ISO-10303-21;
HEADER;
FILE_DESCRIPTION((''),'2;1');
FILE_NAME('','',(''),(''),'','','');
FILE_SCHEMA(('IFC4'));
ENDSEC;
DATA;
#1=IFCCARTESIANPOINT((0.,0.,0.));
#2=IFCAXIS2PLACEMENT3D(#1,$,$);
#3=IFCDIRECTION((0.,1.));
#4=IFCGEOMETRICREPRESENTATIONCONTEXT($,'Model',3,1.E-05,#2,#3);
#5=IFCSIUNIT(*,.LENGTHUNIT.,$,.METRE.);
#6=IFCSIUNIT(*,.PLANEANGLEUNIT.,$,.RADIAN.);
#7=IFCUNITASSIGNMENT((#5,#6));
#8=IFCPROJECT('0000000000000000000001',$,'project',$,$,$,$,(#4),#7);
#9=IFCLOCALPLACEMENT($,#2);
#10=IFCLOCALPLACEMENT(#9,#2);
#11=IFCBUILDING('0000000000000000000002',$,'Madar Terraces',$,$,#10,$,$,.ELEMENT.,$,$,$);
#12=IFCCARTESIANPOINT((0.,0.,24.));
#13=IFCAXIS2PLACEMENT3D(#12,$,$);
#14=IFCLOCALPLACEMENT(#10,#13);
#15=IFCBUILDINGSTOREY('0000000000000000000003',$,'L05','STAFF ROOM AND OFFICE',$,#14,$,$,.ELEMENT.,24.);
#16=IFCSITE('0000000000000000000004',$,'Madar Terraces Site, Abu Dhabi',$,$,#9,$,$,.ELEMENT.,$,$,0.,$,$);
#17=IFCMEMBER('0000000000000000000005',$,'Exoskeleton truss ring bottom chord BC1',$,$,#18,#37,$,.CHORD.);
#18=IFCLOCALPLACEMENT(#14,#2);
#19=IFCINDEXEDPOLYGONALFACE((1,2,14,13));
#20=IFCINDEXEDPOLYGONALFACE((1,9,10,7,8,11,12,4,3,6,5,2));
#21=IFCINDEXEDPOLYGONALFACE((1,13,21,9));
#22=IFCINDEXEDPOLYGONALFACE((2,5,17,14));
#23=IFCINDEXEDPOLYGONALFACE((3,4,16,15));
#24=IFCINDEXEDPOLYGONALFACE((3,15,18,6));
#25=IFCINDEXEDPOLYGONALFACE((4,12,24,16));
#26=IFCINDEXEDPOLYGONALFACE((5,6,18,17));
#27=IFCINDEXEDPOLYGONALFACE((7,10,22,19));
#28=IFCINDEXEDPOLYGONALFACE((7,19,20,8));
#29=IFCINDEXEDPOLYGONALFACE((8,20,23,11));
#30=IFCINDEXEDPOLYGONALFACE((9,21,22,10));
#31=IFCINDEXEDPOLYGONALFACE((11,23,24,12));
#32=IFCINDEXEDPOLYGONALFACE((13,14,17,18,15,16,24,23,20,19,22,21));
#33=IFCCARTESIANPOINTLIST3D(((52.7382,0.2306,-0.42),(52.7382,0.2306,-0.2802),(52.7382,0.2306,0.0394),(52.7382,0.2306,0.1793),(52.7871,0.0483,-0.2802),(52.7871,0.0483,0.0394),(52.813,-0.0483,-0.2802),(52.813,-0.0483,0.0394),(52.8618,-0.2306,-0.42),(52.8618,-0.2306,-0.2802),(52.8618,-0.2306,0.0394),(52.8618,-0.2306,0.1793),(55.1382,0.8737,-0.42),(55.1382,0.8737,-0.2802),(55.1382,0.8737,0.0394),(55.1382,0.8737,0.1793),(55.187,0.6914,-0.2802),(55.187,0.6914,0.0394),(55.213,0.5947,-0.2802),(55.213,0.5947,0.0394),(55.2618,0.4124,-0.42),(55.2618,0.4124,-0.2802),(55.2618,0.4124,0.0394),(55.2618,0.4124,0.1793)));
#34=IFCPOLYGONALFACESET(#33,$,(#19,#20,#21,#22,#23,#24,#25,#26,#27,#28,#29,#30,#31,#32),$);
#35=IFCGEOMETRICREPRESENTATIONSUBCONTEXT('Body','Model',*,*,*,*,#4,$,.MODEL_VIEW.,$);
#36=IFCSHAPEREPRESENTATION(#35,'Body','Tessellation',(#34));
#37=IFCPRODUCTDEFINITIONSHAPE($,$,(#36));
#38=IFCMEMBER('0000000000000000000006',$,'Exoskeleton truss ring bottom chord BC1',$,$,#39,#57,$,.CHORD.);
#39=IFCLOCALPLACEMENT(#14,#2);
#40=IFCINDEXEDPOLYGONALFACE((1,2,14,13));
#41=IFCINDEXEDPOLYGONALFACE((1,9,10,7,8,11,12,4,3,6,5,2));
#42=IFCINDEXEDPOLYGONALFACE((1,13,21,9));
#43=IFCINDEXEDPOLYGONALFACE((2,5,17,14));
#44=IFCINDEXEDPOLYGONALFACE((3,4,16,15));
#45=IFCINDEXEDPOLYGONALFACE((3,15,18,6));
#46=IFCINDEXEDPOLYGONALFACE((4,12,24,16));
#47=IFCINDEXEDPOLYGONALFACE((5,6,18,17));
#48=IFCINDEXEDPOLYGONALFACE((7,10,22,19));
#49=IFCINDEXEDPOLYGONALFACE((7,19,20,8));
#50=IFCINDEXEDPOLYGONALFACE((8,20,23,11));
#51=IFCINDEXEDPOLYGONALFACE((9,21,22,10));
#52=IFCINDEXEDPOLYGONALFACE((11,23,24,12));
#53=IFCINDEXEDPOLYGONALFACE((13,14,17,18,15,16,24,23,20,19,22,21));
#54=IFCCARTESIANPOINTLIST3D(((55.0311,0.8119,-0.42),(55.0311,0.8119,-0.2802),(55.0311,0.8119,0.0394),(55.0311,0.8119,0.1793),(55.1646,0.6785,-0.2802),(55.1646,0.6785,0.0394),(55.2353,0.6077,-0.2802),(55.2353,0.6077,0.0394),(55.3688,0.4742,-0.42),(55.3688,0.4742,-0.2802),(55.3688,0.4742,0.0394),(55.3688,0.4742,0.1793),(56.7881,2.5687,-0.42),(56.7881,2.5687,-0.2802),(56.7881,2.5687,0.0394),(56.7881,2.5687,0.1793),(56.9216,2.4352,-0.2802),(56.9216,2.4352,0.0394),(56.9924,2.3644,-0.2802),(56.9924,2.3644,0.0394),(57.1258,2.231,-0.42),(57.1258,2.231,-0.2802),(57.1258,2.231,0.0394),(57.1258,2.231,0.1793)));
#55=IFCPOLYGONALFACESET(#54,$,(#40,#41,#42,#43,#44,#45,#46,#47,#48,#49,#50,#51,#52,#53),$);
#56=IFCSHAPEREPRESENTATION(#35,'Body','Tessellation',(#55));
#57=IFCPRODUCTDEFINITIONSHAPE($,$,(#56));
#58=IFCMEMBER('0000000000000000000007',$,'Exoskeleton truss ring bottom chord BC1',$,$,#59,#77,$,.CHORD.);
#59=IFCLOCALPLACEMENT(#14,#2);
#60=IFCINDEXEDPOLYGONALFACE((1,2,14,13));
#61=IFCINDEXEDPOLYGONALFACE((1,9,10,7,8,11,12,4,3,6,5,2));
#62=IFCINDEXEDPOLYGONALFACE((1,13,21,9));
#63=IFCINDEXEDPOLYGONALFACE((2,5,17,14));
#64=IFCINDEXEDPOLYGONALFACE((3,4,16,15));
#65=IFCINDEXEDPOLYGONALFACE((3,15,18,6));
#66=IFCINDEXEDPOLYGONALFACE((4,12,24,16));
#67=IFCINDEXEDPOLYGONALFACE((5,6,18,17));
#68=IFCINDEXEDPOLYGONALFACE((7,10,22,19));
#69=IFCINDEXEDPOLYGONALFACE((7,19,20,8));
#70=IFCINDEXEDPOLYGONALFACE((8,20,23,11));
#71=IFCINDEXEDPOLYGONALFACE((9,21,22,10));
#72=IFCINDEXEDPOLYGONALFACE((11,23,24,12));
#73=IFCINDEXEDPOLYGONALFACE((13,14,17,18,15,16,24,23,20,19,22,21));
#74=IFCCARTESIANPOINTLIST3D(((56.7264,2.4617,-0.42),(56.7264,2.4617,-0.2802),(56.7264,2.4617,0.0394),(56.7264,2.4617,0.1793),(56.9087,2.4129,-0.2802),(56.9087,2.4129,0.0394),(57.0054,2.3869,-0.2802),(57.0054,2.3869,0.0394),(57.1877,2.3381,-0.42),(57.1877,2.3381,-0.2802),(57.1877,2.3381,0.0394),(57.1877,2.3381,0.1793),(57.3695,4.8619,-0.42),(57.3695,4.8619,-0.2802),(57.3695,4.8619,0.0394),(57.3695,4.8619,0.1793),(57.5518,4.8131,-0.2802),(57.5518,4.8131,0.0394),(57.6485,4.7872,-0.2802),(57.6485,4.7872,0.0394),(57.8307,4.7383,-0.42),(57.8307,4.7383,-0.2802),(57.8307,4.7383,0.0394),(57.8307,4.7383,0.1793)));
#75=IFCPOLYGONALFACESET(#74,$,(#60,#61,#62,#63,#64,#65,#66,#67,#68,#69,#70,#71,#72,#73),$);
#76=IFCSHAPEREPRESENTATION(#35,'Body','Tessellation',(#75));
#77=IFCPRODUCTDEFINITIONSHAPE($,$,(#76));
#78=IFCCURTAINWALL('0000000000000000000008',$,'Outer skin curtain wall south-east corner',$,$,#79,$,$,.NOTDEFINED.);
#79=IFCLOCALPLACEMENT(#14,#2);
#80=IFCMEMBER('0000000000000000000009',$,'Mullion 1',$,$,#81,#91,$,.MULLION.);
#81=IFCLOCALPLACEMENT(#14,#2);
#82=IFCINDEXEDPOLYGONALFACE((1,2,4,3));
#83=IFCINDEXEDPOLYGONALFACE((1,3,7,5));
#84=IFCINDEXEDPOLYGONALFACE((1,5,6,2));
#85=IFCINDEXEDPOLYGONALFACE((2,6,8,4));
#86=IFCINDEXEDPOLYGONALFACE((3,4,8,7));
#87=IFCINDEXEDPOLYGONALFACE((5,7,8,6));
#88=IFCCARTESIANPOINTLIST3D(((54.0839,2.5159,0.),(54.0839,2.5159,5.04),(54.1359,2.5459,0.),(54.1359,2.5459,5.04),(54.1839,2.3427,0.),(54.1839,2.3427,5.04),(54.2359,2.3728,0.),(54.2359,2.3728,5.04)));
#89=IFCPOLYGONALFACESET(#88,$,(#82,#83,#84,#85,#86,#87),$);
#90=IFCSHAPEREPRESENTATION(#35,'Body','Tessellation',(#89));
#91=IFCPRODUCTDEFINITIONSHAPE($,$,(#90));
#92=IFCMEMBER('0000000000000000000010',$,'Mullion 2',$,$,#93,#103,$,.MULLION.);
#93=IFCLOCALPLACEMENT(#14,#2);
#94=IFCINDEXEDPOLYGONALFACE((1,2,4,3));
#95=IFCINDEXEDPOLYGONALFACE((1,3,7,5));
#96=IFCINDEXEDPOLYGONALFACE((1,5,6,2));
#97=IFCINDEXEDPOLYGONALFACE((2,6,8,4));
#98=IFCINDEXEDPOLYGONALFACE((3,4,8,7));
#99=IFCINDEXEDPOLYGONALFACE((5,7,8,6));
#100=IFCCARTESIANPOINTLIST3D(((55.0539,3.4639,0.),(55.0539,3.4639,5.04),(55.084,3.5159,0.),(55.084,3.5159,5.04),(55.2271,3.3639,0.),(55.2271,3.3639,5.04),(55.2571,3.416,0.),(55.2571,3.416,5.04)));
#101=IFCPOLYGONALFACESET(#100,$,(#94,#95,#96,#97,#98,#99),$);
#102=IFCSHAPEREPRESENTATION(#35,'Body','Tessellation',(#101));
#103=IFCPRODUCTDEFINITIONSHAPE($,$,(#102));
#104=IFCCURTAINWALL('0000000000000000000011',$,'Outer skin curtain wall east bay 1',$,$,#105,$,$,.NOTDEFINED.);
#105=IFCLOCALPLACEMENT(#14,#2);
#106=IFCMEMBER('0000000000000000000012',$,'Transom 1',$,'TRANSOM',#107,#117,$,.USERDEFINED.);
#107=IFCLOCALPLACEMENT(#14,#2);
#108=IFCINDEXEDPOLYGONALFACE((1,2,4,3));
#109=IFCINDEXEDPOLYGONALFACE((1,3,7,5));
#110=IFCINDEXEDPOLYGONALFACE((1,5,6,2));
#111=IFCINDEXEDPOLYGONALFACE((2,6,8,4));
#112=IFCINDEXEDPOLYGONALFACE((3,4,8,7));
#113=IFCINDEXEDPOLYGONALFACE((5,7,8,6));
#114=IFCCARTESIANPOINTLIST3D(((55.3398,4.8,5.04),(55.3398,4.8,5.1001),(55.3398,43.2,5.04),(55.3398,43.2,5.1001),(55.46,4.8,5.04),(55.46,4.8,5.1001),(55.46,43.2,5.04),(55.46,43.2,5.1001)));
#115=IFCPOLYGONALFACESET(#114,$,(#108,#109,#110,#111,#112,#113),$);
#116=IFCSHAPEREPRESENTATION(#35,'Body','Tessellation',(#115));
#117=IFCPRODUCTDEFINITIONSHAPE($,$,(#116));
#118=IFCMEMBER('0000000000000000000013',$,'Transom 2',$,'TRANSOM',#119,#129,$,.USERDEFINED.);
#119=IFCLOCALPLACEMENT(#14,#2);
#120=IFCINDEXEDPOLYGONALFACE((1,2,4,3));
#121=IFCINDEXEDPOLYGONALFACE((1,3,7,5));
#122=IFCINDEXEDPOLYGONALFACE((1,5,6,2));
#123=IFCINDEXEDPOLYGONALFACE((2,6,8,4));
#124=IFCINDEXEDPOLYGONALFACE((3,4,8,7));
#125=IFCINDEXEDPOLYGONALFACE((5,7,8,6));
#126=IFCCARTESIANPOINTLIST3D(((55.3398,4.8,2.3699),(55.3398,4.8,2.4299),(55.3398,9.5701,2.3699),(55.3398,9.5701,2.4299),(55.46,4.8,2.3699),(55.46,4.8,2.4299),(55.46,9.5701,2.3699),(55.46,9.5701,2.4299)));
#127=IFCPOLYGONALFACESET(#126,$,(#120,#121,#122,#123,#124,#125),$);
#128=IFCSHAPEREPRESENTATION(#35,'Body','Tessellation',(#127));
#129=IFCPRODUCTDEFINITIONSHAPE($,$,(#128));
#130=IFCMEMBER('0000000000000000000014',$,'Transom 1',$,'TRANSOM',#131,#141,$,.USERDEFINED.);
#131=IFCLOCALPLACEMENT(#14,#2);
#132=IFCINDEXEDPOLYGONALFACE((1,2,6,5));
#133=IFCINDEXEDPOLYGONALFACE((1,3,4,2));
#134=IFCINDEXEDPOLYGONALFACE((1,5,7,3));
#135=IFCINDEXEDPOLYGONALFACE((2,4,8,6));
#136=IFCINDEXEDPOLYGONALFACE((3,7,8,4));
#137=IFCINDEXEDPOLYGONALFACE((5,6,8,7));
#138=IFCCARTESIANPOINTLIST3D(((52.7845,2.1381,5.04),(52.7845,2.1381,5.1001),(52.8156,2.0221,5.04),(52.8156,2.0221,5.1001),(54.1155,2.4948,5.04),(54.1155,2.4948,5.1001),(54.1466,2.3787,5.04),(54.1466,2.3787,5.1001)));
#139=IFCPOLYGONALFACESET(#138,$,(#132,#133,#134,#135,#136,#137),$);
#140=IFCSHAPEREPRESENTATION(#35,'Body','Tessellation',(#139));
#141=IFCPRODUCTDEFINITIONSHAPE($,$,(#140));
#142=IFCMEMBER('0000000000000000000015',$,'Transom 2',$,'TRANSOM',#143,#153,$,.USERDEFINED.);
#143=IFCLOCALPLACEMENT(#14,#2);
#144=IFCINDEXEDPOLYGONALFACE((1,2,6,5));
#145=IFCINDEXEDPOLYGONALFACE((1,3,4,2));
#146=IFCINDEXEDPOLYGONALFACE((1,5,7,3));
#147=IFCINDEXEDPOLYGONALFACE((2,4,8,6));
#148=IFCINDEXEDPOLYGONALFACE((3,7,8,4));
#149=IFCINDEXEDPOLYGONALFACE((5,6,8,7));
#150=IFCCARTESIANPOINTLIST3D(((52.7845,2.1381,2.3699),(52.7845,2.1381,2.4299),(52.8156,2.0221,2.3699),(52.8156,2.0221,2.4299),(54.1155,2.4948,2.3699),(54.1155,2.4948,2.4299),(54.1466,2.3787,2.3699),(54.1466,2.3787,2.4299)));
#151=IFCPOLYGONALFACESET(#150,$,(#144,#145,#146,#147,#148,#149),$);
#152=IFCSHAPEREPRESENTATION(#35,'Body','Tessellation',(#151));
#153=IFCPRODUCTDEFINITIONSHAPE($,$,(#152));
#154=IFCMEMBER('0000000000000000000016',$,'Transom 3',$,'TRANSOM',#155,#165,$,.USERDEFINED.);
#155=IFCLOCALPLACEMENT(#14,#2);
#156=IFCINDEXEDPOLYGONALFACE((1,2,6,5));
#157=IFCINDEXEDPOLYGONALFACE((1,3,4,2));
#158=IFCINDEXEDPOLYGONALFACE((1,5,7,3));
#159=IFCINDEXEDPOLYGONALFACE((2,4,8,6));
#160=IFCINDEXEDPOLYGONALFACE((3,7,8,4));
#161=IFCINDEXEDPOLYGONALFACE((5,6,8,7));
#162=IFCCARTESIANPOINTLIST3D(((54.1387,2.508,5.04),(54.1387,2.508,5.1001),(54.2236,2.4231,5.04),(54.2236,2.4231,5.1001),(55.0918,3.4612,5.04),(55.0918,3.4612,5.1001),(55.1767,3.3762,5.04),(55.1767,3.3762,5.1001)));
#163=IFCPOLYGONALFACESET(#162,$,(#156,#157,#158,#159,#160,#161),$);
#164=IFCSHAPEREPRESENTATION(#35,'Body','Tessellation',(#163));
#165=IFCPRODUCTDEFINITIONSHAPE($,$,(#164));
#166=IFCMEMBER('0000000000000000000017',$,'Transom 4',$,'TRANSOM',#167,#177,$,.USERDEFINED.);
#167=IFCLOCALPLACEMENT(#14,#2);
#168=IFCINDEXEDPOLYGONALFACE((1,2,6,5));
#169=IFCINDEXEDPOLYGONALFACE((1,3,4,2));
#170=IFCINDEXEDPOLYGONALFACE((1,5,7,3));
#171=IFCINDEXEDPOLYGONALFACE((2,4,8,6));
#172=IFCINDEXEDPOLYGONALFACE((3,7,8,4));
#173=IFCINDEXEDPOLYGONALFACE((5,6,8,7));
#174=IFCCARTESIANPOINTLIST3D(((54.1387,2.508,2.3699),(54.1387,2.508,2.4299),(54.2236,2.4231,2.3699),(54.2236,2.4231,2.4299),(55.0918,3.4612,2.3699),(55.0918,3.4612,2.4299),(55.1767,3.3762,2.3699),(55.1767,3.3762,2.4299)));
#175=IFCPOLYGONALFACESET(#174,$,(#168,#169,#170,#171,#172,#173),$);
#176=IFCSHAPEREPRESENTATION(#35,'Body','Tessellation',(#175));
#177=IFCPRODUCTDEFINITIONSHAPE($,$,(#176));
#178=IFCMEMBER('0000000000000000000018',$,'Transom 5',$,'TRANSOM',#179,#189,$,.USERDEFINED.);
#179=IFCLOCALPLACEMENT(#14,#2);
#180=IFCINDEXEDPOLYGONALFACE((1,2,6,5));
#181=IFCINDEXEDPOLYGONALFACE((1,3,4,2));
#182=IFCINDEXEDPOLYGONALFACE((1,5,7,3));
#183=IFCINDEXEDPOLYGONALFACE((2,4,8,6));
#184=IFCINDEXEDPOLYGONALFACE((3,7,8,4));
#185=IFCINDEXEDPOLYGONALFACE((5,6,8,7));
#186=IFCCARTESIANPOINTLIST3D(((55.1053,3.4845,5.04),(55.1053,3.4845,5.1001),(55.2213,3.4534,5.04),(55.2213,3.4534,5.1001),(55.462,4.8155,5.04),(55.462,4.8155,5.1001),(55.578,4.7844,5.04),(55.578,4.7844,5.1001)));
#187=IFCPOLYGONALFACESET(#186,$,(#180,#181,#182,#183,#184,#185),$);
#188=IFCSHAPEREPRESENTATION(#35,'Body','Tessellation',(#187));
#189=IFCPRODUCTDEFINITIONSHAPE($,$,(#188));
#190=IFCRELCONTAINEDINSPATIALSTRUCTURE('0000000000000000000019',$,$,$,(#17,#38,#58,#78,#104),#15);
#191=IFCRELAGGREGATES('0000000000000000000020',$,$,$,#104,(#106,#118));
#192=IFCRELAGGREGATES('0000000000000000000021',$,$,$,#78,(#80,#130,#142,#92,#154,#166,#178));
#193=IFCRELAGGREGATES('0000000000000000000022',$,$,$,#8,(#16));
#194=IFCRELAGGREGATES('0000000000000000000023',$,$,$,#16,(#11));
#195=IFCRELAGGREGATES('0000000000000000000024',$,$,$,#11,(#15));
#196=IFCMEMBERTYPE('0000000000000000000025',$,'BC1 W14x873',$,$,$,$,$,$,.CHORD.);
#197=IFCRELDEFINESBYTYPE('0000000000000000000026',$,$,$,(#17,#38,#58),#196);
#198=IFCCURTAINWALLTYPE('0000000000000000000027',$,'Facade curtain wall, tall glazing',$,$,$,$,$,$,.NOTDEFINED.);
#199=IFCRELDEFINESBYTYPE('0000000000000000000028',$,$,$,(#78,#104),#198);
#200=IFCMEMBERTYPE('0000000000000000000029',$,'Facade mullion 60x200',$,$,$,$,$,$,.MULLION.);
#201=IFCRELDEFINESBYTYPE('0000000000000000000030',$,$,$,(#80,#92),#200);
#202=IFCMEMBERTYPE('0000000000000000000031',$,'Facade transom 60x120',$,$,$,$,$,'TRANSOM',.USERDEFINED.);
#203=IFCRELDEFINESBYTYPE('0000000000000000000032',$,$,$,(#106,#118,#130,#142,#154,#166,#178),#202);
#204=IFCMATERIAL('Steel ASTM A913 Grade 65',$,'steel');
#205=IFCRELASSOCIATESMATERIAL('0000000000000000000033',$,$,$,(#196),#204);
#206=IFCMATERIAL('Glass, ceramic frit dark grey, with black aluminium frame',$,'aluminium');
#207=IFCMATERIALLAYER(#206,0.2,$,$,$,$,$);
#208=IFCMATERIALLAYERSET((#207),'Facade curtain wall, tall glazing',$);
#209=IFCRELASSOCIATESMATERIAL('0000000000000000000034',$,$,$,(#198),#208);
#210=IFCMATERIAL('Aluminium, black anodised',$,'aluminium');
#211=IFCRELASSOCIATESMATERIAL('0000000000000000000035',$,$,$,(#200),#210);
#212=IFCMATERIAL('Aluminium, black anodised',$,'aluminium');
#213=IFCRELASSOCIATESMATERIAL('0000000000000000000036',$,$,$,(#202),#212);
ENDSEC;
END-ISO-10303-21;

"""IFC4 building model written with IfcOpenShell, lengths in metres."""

from ifc_helpers import new_model, si_unit, direction, frame, origin, origin_2d, place, context, subcontext, project, spatial, rectangle, i_section, extrude, material, layer, layer_set, material_profile, profile_set, type_object, element, aggregate, save


model = new_model("IFC4")

# Units and contexts
model_context = context("Model", 3, precision=1e-05, world=origin(), true_north=direction((0.0, 1.0)))
body_context = subcontext(model_context, "Body", "Model", "MODEL_VIEW")
ifc_project = project(units=[si_unit("LENGTHUNIT", "METRE"), si_unit("PLANEANGLEUNIT", "RADIAN")], contexts=[model_context])

# Site, building, storey
site_placement = place(None, origin())
site = spatial("IfcSite", under=ifc_project, at=site_placement, Name="Madar Terraces Site, Abu Dhabi", CompositionType="ELEMENT", RefElevation=0.0)
building_placement = place(site_placement, origin())
building = spatial("IfcBuilding", under=site, at=building_placement, Name="Madar Terraces", CompositionType="ELEMENT")
storey_placement = place(building_placement, frame((0.0, 0.0, 24.0)))
storey = spatial("IfcBuildingStorey", under=building, at=storey_placement, Name="L05", Description="STAFF ROOM AND OFFICE", CompositionType="ELEMENT", Elevation=24.0)

# Members
ifc_material_1 = material(Name="Steel ASTM A913 Grade 65", Category="steel")
ifc_material_profile_1 = material_profile(ifc_material_1, i_section(OverallWidth=0.4775, OverallDepth=0.5994, WebThickness=0.1001, FlangeThickness=0.1399, at=origin_2d()), Name="W14x873")
ifc_profile_set_1 = profile_set([ifc_material_profile_1], Name="Steel ASTM A913 Grade 65")
member_type_1 = type_object("IfcMemberType", Name="BC1 W14x873", PredefinedType="CHORD", material=ifc_profile_set_1)
for number, where, z_axis, x_axis, name in (
    (1, (52.8, 0.0, -0.1204), (0.965924, 0.258824, 0.0), (-0.258824, 0.965924, 0.0), "Exoskeleton truss ring bottom chord BC1"),
    (2, (55.2, 0.6431, -0.1204), (0.707156, 0.707058, 0.0), (-0.707058, 0.707156, 0.0), "Exoskeleton truss ring bottom chord BC1"),
):
    element("IfcMember", number, at=place(storey_placement, frame(where, z_axis=z_axis, x_axis=x_axis)), inside=storey, type_object=member_type_1, Name=name, PredefinedType="CHORD", context=body_context, shape_type="SweptSolid", body=[
        extrude(i_section(OverallWidth=0.4775, OverallDepth=0.5994, WebThickness=0.1001, FlangeThickness=0.1399, at=origin_2d()), origin(), (0.0, 0.0, 1.0), 2.4846),
    ])
member_1_placement = place(storey_placement, frame((56.957, 2.3999, -0.1204), z_axis=(0.2588, 0.965931, 0.0), x_axis=(-0.965931, 0.2588, 0.0)))
element("IfcMember", 3, at=member_1_placement, inside=storey, type_object=member_type_1, Name="Exoskeleton truss ring bottom chord BC1", PredefinedType="CHORD", context=body_context, shape_type="SweptSolid", body=[
    extrude(i_section(OverallWidth=0.4775, OverallDepth=0.5994, WebThickness=0.1001, FlangeThickness=0.1399, at=origin_2d()), origin(), (0.0, 0.0, 1.0), 2.4849),
])

# Curtain walls, members
ifc_material_2 = material(Name="Glass, ceramic frit dark grey, with black aluminium frame", Category="aluminium")
ifc_layer_1 = layer(ifc_material_2, 0.2)
ifc_layer_set_1 = layer_set([ifc_layer_1], Name="Facade curtain wall, tall glazing")
curtain_wall_type = type_object("IfcCurtainWallType", Name="Facade curtain wall, tall glazing", PredefinedType="NOTDEFINED", material=ifc_layer_set_1)
curtain_wall_1_placement = place(storey_placement, origin())
curtain_wall_1 = element("IfcCurtainWall", 4, at=curtain_wall_1_placement, inside=storey, type_object=curtain_wall_type, Name="Outer skin curtain wall south-east corner", PredefinedType="NOTDEFINED")
ifc_material_3 = material(Name="Aluminium, black anodised", Category="aluminium")
ifc_material_profile_2 = material_profile(ifc_material_3, rectangle(XDim=0.2, YDim=0.0601, at=origin_2d()), Name="Facade mullion 60x200")
ifc_profile_set_2 = profile_set([ifc_material_profile_2], Name="Aluminium, black anodised")
member_type_2 = type_object("IfcMemberType", Name="Facade mullion 60x200", PredefinedType="MULLION", material=ifc_profile_set_2)
member_2_placement = place(storey_placement, frame((54.1599, 2.4443, 0.0), z_axis=(0.0, 0.0, 1.0), x_axis=(-0.5, 0.866025, 0.0)))
member_2 = element("IfcMember", 5, at=member_2_placement, type_object=member_type_2, Name="Mullion 1", PredefinedType="MULLION", context=body_context, shape_type="SweptSolid", body=[
    extrude(rectangle(XDim=0.2, YDim=0.0601, at=origin_2d()), origin(), (0.0, 0.0, 1.0), 5.04),
])
member_3_placement = place(storey_placement, frame((55.1555, 3.4399, 0.0), z_axis=(0.0, 0.0, 1.0), x_axis=(-0.866025, 0.5, 0.0)))
member_3 = element("IfcMember", 6, at=member_3_placement, type_object=member_type_2, Name="Mullion 2", PredefinedType="MULLION", context=body_context, shape_type="SweptSolid", body=[
    extrude(rectangle(XDim=0.2, YDim=0.0601, at=origin_2d()), origin(), (0.0, 0.0, 1.0), 5.04),
])
curtain_wall_2_placement = place(storey_placement, origin())
curtain_wall_2 = element("IfcCurtainWall", 7, at=curtain_wall_2_placement, inside=storey, type_object=curtain_wall_type, Name="Outer skin curtain wall east bay 1", PredefinedType="NOTDEFINED")
ifc_material_4 = material(Name="Aluminium, black anodised", Category="aluminium")
ifc_material_profile_3 = material_profile(ifc_material_4, rectangle(XDim=0.1201, YDim=0.0601, at=origin_2d()), Name="Facade transom 60x120")
ifc_profile_set_3 = profile_set([ifc_material_profile_3], Name="Aluminium, black anodised")
member_type_3 = type_object("IfcMemberType", Name="Facade transom 60x120", ElementType="TRANSOM", PredefinedType="USERDEFINED", material=ifc_profile_set_3)
member_4_placement = place(storey_placement, frame((55.3999, 4.8, 5.0701), z_axis=(0.0, 1.0, 0.0), x_axis=(-1.0, 0.0, 0.0)))
member_4 = element("IfcMember", 8, at=member_4_placement, type_object=member_type_3, Name="Transom 1", ObjectType="TRANSOM", PredefinedType="USERDEFINED", context=body_context, shape_type="SweptSolid", body=[
    extrude(rectangle(XDim=0.1201, YDim=0.0601, at=origin_2d()), origin(), (0.0, 0.0, 1.0), 38.3999),
])
member_5_placement = place(storey_placement, frame((55.3999, 4.8, 2.3999), z_axis=(0.0, 1.0, 0.0), x_axis=(-1.0, 0.0, 0.0)))
member_5 = element("IfcMember", 9, at=member_5_placement, type_object=member_type_3, Name="Transom 2", ObjectType="TRANSOM", PredefinedType="USERDEFINED", context=body_context, shape_type="SweptSolid", body=[
    extrude(rectangle(XDim=0.1201, YDim=0.0601, at=origin_2d()), origin(), (0.0, 0.0, 1.0), 4.77),
])
aggregate(curtain_wall_2, [member_4, member_5])

# Members
member_6_placement = place(storey_placement, frame((52.8, 2.0801, 5.0701), z_axis=(0.96592, 0.258842, 0.0), x_axis=(-0.258842, 0.96592, 0.0)))
member_6 = element("IfcMember", 10, at=member_6_placement, type_object=member_type_3, Name="Transom 1", ObjectType="TRANSOM", PredefinedType="USERDEFINED", context=body_context, shape_type="SweptSolid", body=[
    extrude(rectangle(XDim=0.1201, YDim=0.0601, at=origin_2d()), origin(), (0.0, 0.0, 1.0), 1.3779),
])
member_7_placement = place(storey_placement, frame((52.8, 2.0801, 2.3999), z_axis=(0.96592, 0.258842, 0.0), x_axis=(-0.258842, 0.96592, 0.0)))
member_7 = element("IfcMember", 11, at=member_7_placement, type_object=member_type_3, Name="Transom 2", ObjectType="TRANSOM", PredefinedType="USERDEFINED", context=body_context, shape_type="SweptSolid", body=[
    extrude(rectangle(XDim=0.1201, YDim=0.0601, at=origin_2d()), origin(), (0.0, 0.0, 1.0), 1.3779),
])
member_8_placement = place(storey_placement, frame((54.1812, 2.4656, 5.0701), z_axis=(0.707107, 0.707107, 0.0), x_axis=(-0.707107, 0.707107, 0.0)))
member_8 = element("IfcMember", 12, at=member_8_placement, type_object=member_type_3, Name="Transom 3", ObjectType="TRANSOM", PredefinedType="USERDEFINED", context=body_context, shape_type="SweptSolid", body=[
    extrude(rectangle(XDim=0.1201, YDim=0.0601, at=origin_2d()), origin(), (0.0, 0.0, 1.0), 1.3479),
])
member_9_placement = place(storey_placement, frame((54.1812, 2.4656, 2.3999), z_axis=(0.707107, 0.707107, 0.0), x_axis=(-0.707107, 0.707107, 0.0)))
member_9 = element("IfcMember", 13, at=member_9_placement, type_object=member_type_3, Name="Transom 4", ObjectType="TRANSOM", PredefinedType="USERDEFINED", context=body_context, shape_type="SweptSolid", body=[
    extrude(rectangle(XDim=0.1201, YDim=0.0601, at=origin_2d()), origin(), (0.0, 0.0, 1.0), 1.3479),
])
member_10_placement = place(storey_placement, frame((55.1633, 3.469, 5.0701), z_axis=(0.258842, 0.96592, 0.0), x_axis=(-0.96592, 0.258842, 0.0)))
member_10 = element("IfcMember", 14, at=member_10_placement, type_object=member_type_3, Name="Transom 5", ObjectType="TRANSOM", PredefinedType="USERDEFINED", context=body_context, shape_type="SweptSolid", body=[
    extrude(rectangle(XDim=0.1201, YDim=0.0601, at=origin_2d()), origin(), (0.0, 0.0, 1.0), 1.3779),
])

aggregate(curtain_wall_1, [member_2, member_6, member_7, member_3, member_8, member_9, member_10])

save(model, "model.ifc")
